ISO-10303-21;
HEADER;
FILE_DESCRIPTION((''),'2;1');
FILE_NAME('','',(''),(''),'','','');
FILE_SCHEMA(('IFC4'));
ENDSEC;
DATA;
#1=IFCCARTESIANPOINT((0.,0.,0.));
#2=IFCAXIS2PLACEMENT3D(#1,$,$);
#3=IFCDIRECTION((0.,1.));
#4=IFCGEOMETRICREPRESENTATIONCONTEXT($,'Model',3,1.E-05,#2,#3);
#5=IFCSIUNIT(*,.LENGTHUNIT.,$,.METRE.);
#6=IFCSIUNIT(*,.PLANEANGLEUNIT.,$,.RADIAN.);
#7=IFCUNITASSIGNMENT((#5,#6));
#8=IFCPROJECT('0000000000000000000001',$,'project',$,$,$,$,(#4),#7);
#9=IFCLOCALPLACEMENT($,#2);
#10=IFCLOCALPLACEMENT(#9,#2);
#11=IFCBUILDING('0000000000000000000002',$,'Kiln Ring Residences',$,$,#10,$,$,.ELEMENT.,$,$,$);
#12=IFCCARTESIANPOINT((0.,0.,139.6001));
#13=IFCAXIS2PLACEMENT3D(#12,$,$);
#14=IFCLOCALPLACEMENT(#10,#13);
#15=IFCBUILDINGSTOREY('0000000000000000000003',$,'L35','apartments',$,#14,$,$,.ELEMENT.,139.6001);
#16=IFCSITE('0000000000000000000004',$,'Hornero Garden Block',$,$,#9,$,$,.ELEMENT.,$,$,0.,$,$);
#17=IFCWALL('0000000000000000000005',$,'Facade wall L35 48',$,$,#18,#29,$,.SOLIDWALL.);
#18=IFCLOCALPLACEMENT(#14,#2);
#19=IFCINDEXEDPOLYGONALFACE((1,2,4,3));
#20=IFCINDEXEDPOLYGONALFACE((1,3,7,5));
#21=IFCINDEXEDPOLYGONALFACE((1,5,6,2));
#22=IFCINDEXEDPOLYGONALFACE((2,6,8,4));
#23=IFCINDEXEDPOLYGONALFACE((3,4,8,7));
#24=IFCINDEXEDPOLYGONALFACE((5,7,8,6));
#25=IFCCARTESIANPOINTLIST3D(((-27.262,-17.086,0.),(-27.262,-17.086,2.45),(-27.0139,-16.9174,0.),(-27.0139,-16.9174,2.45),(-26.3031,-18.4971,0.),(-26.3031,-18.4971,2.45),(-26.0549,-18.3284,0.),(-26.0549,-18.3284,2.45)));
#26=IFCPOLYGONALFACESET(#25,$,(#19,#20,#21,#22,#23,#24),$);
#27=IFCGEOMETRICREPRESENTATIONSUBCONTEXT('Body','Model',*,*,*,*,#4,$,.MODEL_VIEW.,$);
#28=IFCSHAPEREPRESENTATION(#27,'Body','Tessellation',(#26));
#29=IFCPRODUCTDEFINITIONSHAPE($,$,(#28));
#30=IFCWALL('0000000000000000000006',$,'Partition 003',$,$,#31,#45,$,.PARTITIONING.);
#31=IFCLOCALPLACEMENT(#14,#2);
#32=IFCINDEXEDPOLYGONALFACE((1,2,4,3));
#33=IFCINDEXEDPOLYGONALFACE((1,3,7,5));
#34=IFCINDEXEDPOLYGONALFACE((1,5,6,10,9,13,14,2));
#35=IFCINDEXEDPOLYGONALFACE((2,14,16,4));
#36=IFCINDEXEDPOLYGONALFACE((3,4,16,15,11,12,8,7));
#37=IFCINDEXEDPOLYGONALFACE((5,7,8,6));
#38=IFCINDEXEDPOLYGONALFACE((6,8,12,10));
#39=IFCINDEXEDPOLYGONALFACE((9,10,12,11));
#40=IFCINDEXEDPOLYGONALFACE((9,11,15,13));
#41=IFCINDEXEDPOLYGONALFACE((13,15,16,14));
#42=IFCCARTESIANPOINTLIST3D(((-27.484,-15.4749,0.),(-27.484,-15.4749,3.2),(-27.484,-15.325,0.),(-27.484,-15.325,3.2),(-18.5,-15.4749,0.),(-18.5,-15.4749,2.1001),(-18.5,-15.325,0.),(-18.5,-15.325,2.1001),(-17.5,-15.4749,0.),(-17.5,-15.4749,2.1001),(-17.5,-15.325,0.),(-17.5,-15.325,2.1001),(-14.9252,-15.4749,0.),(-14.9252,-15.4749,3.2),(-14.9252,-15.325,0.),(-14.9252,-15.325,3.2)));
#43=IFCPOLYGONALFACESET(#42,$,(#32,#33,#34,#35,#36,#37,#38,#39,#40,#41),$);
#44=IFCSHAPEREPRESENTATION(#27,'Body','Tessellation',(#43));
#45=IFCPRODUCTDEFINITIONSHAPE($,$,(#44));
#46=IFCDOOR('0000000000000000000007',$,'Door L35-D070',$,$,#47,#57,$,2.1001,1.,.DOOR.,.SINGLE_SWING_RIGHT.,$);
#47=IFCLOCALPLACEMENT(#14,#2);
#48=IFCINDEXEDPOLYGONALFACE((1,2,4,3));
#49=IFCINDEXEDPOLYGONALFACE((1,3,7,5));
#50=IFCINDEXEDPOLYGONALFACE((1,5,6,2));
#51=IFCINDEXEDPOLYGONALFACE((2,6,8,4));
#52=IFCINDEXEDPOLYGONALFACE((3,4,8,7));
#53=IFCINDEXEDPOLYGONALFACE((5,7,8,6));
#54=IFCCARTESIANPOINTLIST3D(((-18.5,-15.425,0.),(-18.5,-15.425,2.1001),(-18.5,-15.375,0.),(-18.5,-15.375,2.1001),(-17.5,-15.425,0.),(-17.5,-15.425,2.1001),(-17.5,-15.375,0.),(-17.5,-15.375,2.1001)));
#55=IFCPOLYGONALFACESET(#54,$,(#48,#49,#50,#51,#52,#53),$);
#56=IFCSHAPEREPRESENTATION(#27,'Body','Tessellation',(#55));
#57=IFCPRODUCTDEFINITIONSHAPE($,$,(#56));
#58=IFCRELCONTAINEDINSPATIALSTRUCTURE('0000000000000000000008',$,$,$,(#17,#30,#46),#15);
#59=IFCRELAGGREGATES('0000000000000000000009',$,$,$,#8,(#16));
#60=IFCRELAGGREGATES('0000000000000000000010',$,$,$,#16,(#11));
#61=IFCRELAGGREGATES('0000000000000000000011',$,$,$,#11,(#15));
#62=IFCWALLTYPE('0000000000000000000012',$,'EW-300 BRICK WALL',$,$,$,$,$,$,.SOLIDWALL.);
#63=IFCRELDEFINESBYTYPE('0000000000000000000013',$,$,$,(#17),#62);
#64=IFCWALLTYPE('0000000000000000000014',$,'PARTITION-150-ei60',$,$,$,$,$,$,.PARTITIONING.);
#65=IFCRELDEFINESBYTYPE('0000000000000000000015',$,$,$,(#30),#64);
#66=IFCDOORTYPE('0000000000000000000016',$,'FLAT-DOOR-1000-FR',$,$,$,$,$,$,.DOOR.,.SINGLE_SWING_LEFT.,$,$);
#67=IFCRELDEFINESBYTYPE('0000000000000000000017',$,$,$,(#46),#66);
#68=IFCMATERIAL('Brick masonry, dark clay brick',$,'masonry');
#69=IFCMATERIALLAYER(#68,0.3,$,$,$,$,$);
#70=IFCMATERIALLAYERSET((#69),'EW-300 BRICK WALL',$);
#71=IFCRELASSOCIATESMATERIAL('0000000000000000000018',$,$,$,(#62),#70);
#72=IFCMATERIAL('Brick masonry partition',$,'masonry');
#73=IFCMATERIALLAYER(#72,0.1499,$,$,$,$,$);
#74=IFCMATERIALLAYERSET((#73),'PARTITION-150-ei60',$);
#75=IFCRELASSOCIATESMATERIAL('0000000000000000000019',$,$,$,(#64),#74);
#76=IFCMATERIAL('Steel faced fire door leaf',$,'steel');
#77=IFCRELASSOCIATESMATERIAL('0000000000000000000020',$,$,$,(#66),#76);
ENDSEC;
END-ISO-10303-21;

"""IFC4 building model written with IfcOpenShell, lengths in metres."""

from ifc_helpers import new_model, si_unit, direction, frame, frame_2d, origin, place, context, subcontext, project, spatial, rectangle, extrude, material, layer, layer_set, type_object, element, fill, save


model = new_model("IFC4")

# Units and contexts
model_context = context("Model", 3, precision=1e-05, world=origin(), true_north=direction((0.0, 1.0)))
body_context = subcontext(model_context, "Body", "Model", "MODEL_VIEW")
ifc_project = project(units=[si_unit("LENGTHUNIT", "METRE"), si_unit("PLANEANGLEUNIT", "RADIAN")], contexts=[model_context])

# Site, building, storey
site_placement = place(None, origin())
site = spatial("IfcSite", under=ifc_project, at=site_placement, Name="Hornero Garden Block", CompositionType="ELEMENT", RefElevation=0.0)
building_placement = place(site_placement, origin())
building = spatial("IfcBuilding", under=site, at=building_placement, Name="Kiln Ring Residences", CompositionType="ELEMENT")
storey_placement = place(building_placement, frame((0.0, 0.0, 139.6001)))
storey = spatial("IfcBuildingStorey", under=building, at=storey_placement, Name="L35", Description="apartments", CompositionType="ELEMENT", Elevation=139.6001)

# Wall
ifc_material_1 = material(Name="Brick masonry, dark clay brick", Category="masonry")
ifc_layer_1 = layer(ifc_material_1, 0.3)
ifc_layer_set_1 = layer_set([ifc_layer_1], Name="EW-300 BRICK WALL")
wall_type_1 = type_object("IfcWallType", Name="EW-300 BRICK WALL", PredefinedType="SOLIDWALL", material=ifc_layer_set_1)
wall_1_placement = place(storey_placement, frame((-27.1379, -17.0017, 0.0), z_axis=(0.0, 0.0, 1.0), x_axis=(0.562075, -0.827086, 0.0)))
element("IfcWall", 1, at=wall_1_placement, inside=storey, type_object=wall_type_1, Name="Facade wall L35 48", PredefinedType="SOLIDWALL", context=body_context, shape_type="SweptSolid", body=[
    extrude(rectangle(XDim=1.7061, YDim=0.3, at=frame_2d((0.853, 0.0))), origin(), (0.0, 0.0, 1.0), 2.45),
])

# Wall, opening, door
ifc_material_2 = material(Name="Brick masonry partition", Category="masonry")
ifc_layer_2 = layer(ifc_material_2, 0.1499)
ifc_layer_set_2 = layer_set([ifc_layer_2], Name="PARTITION-150-ei60")
wall_type_2 = type_object("IfcWallType", Name="PARTITION-150-ei60", PredefinedType="PARTITIONING", material=ifc_layer_set_2)
wall_2_placement = place(storey_placement, frame((-27.4839, -15.3999, 0.0), z_axis=(0.0, 0.0, 1.0), x_axis=(1.0, 0.0, 0.0)))
wall_2 = element("IfcWall", 2, at=wall_2_placement, inside=storey, type_object=wall_type_2, Name="Partition 003", PredefinedType="PARTITIONING", context=body_context, shape_type="SweptSolid", body=[
    extrude(rectangle(XDim=12.5588, YDim=0.1499, at=frame_2d((6.2793, 0.0))), origin(), (0.0, 0.0, 1.0), 3.2),
])
opening_1_placement = place(wall_2_placement, frame((8.9839, 0.0, 0.0)))
opening_1 = element("IfcOpeningElement", 3, at=opening_1_placement, cuts=wall_2, PredefinedType="OPENING", context=body_context, shape_type="SweptSolid", body=[
    extrude(rectangle(XDim=1.0, YDim=2.1001, at=frame_2d((0.5, 1.05))), frame((0.0, 0.085, 0.0), z_axis=(0.0, -1.0, 0.0), x_axis=(1.0, 0.0, 0.0)), (0.0, 0.0, 1.0), 0.1699),
])
ifc_material_3 = material(Name="Steel faced fire door leaf", Category="steel")
door_type_1 = type_object("IfcDoorType", Name="FLAT-DOOR-1000-FR", OperationType="SINGLE_SWING_LEFT", PredefinedType="DOOR", material=ifc_material_3)
door_1_placement = place(opening_1_placement, origin())
door_1 = element("IfcDoor", 4, at=door_1_placement, inside=storey, type_object=door_type_1, Name="Door L35-D070", OperationType="SINGLE_SWING_RIGHT", OverallHeight=2.1001, OverallWidth=1.0, PredefinedType="DOOR", context=body_context, shape_type="SweptSolid", body=[
    extrude(rectangle(XDim=1.0, YDim=2.1001, at=frame_2d((0.5, 1.05))), frame((0.0, 0.0249, 0.0), z_axis=(0.0, -1.0, 0.0), x_axis=(1.0, 0.0, 0.0)), (0.0, 0.0, 1.0), 0.05),
])
fill(opening_1, door_1)

save(model, "model.ifc")
